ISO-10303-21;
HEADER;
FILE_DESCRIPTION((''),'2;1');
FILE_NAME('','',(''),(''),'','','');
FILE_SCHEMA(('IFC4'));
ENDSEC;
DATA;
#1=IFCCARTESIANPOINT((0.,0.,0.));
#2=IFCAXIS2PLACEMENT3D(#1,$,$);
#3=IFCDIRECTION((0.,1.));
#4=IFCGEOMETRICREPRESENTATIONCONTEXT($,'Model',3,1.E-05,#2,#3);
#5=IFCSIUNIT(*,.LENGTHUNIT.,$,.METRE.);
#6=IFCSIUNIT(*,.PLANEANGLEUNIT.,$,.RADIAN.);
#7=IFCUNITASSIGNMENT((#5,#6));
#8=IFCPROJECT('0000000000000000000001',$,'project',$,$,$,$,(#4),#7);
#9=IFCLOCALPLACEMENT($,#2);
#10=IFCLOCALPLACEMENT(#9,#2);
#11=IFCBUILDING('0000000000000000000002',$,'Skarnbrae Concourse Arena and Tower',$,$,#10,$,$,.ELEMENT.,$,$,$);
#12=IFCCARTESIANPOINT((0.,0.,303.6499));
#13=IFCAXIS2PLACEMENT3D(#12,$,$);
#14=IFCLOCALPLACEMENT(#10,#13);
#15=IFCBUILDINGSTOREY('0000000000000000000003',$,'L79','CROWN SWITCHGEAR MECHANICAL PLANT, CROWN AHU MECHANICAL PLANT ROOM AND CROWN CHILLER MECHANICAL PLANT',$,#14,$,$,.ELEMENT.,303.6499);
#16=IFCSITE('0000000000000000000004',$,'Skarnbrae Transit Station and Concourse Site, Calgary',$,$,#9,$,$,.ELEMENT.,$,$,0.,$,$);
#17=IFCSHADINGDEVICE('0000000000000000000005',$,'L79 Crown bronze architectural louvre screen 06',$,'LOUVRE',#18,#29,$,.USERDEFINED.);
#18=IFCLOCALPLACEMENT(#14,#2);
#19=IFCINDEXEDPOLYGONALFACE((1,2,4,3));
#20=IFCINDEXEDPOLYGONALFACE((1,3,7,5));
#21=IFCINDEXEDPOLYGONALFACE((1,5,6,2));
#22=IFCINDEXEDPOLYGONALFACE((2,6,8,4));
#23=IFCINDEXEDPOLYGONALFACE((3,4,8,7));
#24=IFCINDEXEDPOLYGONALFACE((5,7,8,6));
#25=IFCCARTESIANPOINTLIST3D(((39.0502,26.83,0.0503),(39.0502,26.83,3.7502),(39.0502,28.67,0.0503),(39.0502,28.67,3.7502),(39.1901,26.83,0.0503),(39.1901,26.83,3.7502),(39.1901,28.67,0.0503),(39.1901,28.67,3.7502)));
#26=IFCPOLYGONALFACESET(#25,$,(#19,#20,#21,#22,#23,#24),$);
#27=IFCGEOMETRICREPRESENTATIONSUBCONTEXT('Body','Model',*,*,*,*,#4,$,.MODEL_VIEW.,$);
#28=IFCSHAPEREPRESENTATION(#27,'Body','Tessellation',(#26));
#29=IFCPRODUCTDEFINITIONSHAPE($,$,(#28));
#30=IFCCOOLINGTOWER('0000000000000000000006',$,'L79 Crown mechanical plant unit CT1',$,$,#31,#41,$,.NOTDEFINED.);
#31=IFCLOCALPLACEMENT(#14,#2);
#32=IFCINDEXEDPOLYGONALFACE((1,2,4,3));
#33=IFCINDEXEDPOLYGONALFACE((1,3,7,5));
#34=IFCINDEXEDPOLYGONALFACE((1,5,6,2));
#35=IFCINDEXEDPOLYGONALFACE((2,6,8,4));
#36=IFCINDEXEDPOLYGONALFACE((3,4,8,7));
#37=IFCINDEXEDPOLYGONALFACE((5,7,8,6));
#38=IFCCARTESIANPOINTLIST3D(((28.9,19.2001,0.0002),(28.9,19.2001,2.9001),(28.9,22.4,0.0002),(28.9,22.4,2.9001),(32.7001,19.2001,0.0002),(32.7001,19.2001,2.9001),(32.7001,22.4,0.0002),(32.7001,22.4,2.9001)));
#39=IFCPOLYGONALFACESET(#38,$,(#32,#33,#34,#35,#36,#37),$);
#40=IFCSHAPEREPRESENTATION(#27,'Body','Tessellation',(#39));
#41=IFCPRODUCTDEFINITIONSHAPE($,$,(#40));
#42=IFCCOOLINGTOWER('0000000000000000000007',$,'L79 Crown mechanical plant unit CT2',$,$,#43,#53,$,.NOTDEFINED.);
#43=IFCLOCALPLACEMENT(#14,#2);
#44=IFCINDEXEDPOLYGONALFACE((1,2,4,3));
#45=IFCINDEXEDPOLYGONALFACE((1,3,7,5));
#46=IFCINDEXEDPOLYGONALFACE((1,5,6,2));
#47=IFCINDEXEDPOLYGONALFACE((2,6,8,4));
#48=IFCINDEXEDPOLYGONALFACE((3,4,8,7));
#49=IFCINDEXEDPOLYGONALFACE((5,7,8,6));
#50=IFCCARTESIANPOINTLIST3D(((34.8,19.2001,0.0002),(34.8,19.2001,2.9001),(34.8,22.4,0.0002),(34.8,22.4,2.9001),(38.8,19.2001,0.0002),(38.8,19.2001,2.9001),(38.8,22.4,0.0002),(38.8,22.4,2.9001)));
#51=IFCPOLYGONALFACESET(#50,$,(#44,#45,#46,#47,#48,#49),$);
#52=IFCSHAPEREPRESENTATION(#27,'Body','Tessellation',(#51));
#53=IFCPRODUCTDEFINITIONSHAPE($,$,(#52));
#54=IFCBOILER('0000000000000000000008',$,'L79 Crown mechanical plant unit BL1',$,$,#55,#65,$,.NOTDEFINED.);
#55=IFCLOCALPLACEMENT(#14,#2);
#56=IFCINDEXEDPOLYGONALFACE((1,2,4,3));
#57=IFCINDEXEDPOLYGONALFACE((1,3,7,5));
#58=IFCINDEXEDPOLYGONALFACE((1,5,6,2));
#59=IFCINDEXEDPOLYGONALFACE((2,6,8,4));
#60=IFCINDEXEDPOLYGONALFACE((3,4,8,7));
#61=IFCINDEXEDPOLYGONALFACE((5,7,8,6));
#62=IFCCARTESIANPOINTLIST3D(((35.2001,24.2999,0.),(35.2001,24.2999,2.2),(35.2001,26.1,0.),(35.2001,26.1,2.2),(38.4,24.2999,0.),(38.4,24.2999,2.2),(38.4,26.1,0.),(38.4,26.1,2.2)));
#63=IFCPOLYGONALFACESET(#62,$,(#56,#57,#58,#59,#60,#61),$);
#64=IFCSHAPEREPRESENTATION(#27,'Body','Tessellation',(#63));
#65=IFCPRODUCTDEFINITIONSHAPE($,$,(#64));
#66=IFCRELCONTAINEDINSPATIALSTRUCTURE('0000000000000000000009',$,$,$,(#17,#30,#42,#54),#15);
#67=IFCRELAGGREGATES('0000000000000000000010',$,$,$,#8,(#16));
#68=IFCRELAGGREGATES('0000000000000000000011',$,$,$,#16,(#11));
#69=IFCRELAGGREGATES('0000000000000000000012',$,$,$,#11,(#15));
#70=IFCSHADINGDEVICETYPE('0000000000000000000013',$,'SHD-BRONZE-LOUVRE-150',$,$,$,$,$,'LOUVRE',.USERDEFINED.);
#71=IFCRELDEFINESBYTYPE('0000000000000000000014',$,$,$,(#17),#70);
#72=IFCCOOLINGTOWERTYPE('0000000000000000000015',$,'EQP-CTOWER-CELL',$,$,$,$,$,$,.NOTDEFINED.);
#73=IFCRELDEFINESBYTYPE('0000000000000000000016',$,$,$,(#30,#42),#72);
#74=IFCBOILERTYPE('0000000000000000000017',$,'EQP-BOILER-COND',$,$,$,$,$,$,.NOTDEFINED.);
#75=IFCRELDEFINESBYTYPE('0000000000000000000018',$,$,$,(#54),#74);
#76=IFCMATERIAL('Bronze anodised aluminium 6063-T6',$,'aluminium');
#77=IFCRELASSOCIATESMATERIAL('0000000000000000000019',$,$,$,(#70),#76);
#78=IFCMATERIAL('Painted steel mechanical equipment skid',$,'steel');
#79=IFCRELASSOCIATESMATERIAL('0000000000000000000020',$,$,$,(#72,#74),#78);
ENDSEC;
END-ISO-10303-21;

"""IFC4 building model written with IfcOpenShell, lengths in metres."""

from ifc_helpers import new_model, si_unit, direction, frame, origin, origin_2d, place, context, subcontext, project, spatial, rectangle, extrude, source, transform, mapped, material, type_object, element, save


model = new_model("IFC4")

# Units and contexts
model_context = context("Model", 3, precision=1e-05, world=origin(), true_north=direction((0.0, 1.0)))
body_context = subcontext(model_context, "Body", "Model", "MODEL_VIEW")
ifc_project = project(units=[si_unit("LENGTHUNIT", "METRE"), si_unit("PLANEANGLEUNIT", "RADIAN")], contexts=[model_context])

# Site, building, storey
site_placement = place(None, origin())
site = spatial("IfcSite", under=ifc_project, at=site_placement, Name="Skarnbrae Transit Station and Concourse Site, Calgary", CompositionType="ELEMENT", RefElevation=0.0)
building_placement = place(site_placement, origin())
building = spatial("IfcBuilding", under=site, at=building_placement, Name="Skarnbrae Concourse Arena and Tower", CompositionType="ELEMENT")
storey_placement = place(building_placement, frame((0.0, 0.0, 303.6499)))
storey = spatial("IfcBuildingStorey", under=building, at=storey_placement, Name="L79", Description="CROWN SWITCHGEAR MECHANICAL PLANT, CROWN AHU MECHANICAL PLANT ROOM AND CROWN CHILLER MECHANICAL PLANT", CompositionType="ELEMENT", Elevation=303.6499)

# Shared definitions
ifc_material_1 = material(Name="Bronze anodised aluminium 6063-T6", Category="aluminium")

# Shared definitions
shading_device_type = type_object("IfcShadingDeviceType", Name="SHD-BRONZE-LOUVRE-150", ElementType="LOUVRE", PredefinedType="USERDEFINED", material=ifc_material_1)

# Shading device
shared_shape_1 = source(origin(), body_context, "Body", "SweptSolid", [
    extrude(rectangle(XDim=1.8401, YDim=0.1399, at=origin_2d()), origin(), (0.0, 0.0, 1.0), 3.7),
])
shading_device_1_placement = place(storey_placement, frame((39.1201, 27.75, 0.0503), z_axis=(0.0, 0.0, 1.0), x_axis=(0.0, 1.0, 0.0)))
element("IfcShadingDevice", 1, at=shading_device_1_placement, inside=storey, type_object=shading_device_type, Name="L79 Crown bronze architectural louvre screen 06", ObjectType="LOUVRE", PredefinedType="USERDEFINED", context=body_context, shape_type="MappedRepresentation", body=[
    mapped(shared_shape_1, transform((0.0, 0.0, 0.0))),
])

# Cooling towers
ifc_material_2 = material(Name="Painted steel mechanical equipment skid", Category="steel")
cooling_tower_type = type_object("IfcCoolingTowerType", Name="EQP-CTOWER-CELL", PredefinedType="NOTDEFINED", material=ifc_material_2)
shared_shape_2 = source(origin(), body_context, "Body", "SweptSolid", [
    extrude(rectangle(XDim=3.8, YDim=3.2, at=origin_2d()), origin(), (0.0, 0.0, 1.0), 2.8999),
])
cooling_tower_1_placement = place(storey_placement, frame((30.8, 20.8, 0.0002), z_axis=(0.0, 0.0, 1.0), x_axis=(1.0, 0.0, 0.0)))
element("IfcCoolingTower", 2, at=cooling_tower_1_placement, inside=storey, type_object=cooling_tower_type, Name="L79 Crown mechanical plant unit CT1", PredefinedType="NOTDEFINED", context=body_context, shape_type="MappedRepresentation", body=[
    mapped(shared_shape_2, transform((0.0, 0.0, 0.0))),
])
shared_shape_3 = source(origin(), body_context, "Body", "SweptSolid", [
    extrude(rectangle(XDim=4.0, YDim=3.2, at=origin_2d()), origin(), (0.0, 0.0, 1.0), 2.8999),
])
cooling_tower_2_placement = place(storey_placement, frame((36.8, 20.8, 0.0002), z_axis=(0.0, 0.0, 1.0), x_axis=(1.0, 0.0, 0.0)))
element("IfcCoolingTower", 3, at=cooling_tower_2_placement, inside=storey, type_object=cooling_tower_type, Name="L79 Crown mechanical plant unit CT2", PredefinedType="NOTDEFINED", context=body_context, shape_type="MappedRepresentation", body=[
    mapped(shared_shape_3, transform((0.0, 0.0, 0.0))),
])

# Boiler
boiler_type = type_object("IfcBoilerType", Name="EQP-BOILER-COND", PredefinedType="NOTDEFINED", material=ifc_material_2)
shared_shape_4 = source(origin(), body_context, "Body", "SweptSolid", [
    extrude(rectangle(XDim=3.2, YDim=1.8, at=origin_2d()), origin(), (0.0, 0.0, 1.0), 2.2),
])
boiler_placement = place(storey_placement, frame((36.8, 25.2, 0.0), z_axis=(0.0, 0.0, 1.0), x_axis=(1.0, 0.0, 0.0)))
element("IfcBoiler", 4, at=boiler_placement, inside=storey, type_object=boiler_type, Name="L79 Crown mechanical plant unit BL1", PredefinedType="NOTDEFINED", context=body_context, shape_type="MappedRepresentation", body=[
    mapped(shared_shape_4, transform((0.0, 0.0, 0.0))),
])

save(model, "model.ifc")
